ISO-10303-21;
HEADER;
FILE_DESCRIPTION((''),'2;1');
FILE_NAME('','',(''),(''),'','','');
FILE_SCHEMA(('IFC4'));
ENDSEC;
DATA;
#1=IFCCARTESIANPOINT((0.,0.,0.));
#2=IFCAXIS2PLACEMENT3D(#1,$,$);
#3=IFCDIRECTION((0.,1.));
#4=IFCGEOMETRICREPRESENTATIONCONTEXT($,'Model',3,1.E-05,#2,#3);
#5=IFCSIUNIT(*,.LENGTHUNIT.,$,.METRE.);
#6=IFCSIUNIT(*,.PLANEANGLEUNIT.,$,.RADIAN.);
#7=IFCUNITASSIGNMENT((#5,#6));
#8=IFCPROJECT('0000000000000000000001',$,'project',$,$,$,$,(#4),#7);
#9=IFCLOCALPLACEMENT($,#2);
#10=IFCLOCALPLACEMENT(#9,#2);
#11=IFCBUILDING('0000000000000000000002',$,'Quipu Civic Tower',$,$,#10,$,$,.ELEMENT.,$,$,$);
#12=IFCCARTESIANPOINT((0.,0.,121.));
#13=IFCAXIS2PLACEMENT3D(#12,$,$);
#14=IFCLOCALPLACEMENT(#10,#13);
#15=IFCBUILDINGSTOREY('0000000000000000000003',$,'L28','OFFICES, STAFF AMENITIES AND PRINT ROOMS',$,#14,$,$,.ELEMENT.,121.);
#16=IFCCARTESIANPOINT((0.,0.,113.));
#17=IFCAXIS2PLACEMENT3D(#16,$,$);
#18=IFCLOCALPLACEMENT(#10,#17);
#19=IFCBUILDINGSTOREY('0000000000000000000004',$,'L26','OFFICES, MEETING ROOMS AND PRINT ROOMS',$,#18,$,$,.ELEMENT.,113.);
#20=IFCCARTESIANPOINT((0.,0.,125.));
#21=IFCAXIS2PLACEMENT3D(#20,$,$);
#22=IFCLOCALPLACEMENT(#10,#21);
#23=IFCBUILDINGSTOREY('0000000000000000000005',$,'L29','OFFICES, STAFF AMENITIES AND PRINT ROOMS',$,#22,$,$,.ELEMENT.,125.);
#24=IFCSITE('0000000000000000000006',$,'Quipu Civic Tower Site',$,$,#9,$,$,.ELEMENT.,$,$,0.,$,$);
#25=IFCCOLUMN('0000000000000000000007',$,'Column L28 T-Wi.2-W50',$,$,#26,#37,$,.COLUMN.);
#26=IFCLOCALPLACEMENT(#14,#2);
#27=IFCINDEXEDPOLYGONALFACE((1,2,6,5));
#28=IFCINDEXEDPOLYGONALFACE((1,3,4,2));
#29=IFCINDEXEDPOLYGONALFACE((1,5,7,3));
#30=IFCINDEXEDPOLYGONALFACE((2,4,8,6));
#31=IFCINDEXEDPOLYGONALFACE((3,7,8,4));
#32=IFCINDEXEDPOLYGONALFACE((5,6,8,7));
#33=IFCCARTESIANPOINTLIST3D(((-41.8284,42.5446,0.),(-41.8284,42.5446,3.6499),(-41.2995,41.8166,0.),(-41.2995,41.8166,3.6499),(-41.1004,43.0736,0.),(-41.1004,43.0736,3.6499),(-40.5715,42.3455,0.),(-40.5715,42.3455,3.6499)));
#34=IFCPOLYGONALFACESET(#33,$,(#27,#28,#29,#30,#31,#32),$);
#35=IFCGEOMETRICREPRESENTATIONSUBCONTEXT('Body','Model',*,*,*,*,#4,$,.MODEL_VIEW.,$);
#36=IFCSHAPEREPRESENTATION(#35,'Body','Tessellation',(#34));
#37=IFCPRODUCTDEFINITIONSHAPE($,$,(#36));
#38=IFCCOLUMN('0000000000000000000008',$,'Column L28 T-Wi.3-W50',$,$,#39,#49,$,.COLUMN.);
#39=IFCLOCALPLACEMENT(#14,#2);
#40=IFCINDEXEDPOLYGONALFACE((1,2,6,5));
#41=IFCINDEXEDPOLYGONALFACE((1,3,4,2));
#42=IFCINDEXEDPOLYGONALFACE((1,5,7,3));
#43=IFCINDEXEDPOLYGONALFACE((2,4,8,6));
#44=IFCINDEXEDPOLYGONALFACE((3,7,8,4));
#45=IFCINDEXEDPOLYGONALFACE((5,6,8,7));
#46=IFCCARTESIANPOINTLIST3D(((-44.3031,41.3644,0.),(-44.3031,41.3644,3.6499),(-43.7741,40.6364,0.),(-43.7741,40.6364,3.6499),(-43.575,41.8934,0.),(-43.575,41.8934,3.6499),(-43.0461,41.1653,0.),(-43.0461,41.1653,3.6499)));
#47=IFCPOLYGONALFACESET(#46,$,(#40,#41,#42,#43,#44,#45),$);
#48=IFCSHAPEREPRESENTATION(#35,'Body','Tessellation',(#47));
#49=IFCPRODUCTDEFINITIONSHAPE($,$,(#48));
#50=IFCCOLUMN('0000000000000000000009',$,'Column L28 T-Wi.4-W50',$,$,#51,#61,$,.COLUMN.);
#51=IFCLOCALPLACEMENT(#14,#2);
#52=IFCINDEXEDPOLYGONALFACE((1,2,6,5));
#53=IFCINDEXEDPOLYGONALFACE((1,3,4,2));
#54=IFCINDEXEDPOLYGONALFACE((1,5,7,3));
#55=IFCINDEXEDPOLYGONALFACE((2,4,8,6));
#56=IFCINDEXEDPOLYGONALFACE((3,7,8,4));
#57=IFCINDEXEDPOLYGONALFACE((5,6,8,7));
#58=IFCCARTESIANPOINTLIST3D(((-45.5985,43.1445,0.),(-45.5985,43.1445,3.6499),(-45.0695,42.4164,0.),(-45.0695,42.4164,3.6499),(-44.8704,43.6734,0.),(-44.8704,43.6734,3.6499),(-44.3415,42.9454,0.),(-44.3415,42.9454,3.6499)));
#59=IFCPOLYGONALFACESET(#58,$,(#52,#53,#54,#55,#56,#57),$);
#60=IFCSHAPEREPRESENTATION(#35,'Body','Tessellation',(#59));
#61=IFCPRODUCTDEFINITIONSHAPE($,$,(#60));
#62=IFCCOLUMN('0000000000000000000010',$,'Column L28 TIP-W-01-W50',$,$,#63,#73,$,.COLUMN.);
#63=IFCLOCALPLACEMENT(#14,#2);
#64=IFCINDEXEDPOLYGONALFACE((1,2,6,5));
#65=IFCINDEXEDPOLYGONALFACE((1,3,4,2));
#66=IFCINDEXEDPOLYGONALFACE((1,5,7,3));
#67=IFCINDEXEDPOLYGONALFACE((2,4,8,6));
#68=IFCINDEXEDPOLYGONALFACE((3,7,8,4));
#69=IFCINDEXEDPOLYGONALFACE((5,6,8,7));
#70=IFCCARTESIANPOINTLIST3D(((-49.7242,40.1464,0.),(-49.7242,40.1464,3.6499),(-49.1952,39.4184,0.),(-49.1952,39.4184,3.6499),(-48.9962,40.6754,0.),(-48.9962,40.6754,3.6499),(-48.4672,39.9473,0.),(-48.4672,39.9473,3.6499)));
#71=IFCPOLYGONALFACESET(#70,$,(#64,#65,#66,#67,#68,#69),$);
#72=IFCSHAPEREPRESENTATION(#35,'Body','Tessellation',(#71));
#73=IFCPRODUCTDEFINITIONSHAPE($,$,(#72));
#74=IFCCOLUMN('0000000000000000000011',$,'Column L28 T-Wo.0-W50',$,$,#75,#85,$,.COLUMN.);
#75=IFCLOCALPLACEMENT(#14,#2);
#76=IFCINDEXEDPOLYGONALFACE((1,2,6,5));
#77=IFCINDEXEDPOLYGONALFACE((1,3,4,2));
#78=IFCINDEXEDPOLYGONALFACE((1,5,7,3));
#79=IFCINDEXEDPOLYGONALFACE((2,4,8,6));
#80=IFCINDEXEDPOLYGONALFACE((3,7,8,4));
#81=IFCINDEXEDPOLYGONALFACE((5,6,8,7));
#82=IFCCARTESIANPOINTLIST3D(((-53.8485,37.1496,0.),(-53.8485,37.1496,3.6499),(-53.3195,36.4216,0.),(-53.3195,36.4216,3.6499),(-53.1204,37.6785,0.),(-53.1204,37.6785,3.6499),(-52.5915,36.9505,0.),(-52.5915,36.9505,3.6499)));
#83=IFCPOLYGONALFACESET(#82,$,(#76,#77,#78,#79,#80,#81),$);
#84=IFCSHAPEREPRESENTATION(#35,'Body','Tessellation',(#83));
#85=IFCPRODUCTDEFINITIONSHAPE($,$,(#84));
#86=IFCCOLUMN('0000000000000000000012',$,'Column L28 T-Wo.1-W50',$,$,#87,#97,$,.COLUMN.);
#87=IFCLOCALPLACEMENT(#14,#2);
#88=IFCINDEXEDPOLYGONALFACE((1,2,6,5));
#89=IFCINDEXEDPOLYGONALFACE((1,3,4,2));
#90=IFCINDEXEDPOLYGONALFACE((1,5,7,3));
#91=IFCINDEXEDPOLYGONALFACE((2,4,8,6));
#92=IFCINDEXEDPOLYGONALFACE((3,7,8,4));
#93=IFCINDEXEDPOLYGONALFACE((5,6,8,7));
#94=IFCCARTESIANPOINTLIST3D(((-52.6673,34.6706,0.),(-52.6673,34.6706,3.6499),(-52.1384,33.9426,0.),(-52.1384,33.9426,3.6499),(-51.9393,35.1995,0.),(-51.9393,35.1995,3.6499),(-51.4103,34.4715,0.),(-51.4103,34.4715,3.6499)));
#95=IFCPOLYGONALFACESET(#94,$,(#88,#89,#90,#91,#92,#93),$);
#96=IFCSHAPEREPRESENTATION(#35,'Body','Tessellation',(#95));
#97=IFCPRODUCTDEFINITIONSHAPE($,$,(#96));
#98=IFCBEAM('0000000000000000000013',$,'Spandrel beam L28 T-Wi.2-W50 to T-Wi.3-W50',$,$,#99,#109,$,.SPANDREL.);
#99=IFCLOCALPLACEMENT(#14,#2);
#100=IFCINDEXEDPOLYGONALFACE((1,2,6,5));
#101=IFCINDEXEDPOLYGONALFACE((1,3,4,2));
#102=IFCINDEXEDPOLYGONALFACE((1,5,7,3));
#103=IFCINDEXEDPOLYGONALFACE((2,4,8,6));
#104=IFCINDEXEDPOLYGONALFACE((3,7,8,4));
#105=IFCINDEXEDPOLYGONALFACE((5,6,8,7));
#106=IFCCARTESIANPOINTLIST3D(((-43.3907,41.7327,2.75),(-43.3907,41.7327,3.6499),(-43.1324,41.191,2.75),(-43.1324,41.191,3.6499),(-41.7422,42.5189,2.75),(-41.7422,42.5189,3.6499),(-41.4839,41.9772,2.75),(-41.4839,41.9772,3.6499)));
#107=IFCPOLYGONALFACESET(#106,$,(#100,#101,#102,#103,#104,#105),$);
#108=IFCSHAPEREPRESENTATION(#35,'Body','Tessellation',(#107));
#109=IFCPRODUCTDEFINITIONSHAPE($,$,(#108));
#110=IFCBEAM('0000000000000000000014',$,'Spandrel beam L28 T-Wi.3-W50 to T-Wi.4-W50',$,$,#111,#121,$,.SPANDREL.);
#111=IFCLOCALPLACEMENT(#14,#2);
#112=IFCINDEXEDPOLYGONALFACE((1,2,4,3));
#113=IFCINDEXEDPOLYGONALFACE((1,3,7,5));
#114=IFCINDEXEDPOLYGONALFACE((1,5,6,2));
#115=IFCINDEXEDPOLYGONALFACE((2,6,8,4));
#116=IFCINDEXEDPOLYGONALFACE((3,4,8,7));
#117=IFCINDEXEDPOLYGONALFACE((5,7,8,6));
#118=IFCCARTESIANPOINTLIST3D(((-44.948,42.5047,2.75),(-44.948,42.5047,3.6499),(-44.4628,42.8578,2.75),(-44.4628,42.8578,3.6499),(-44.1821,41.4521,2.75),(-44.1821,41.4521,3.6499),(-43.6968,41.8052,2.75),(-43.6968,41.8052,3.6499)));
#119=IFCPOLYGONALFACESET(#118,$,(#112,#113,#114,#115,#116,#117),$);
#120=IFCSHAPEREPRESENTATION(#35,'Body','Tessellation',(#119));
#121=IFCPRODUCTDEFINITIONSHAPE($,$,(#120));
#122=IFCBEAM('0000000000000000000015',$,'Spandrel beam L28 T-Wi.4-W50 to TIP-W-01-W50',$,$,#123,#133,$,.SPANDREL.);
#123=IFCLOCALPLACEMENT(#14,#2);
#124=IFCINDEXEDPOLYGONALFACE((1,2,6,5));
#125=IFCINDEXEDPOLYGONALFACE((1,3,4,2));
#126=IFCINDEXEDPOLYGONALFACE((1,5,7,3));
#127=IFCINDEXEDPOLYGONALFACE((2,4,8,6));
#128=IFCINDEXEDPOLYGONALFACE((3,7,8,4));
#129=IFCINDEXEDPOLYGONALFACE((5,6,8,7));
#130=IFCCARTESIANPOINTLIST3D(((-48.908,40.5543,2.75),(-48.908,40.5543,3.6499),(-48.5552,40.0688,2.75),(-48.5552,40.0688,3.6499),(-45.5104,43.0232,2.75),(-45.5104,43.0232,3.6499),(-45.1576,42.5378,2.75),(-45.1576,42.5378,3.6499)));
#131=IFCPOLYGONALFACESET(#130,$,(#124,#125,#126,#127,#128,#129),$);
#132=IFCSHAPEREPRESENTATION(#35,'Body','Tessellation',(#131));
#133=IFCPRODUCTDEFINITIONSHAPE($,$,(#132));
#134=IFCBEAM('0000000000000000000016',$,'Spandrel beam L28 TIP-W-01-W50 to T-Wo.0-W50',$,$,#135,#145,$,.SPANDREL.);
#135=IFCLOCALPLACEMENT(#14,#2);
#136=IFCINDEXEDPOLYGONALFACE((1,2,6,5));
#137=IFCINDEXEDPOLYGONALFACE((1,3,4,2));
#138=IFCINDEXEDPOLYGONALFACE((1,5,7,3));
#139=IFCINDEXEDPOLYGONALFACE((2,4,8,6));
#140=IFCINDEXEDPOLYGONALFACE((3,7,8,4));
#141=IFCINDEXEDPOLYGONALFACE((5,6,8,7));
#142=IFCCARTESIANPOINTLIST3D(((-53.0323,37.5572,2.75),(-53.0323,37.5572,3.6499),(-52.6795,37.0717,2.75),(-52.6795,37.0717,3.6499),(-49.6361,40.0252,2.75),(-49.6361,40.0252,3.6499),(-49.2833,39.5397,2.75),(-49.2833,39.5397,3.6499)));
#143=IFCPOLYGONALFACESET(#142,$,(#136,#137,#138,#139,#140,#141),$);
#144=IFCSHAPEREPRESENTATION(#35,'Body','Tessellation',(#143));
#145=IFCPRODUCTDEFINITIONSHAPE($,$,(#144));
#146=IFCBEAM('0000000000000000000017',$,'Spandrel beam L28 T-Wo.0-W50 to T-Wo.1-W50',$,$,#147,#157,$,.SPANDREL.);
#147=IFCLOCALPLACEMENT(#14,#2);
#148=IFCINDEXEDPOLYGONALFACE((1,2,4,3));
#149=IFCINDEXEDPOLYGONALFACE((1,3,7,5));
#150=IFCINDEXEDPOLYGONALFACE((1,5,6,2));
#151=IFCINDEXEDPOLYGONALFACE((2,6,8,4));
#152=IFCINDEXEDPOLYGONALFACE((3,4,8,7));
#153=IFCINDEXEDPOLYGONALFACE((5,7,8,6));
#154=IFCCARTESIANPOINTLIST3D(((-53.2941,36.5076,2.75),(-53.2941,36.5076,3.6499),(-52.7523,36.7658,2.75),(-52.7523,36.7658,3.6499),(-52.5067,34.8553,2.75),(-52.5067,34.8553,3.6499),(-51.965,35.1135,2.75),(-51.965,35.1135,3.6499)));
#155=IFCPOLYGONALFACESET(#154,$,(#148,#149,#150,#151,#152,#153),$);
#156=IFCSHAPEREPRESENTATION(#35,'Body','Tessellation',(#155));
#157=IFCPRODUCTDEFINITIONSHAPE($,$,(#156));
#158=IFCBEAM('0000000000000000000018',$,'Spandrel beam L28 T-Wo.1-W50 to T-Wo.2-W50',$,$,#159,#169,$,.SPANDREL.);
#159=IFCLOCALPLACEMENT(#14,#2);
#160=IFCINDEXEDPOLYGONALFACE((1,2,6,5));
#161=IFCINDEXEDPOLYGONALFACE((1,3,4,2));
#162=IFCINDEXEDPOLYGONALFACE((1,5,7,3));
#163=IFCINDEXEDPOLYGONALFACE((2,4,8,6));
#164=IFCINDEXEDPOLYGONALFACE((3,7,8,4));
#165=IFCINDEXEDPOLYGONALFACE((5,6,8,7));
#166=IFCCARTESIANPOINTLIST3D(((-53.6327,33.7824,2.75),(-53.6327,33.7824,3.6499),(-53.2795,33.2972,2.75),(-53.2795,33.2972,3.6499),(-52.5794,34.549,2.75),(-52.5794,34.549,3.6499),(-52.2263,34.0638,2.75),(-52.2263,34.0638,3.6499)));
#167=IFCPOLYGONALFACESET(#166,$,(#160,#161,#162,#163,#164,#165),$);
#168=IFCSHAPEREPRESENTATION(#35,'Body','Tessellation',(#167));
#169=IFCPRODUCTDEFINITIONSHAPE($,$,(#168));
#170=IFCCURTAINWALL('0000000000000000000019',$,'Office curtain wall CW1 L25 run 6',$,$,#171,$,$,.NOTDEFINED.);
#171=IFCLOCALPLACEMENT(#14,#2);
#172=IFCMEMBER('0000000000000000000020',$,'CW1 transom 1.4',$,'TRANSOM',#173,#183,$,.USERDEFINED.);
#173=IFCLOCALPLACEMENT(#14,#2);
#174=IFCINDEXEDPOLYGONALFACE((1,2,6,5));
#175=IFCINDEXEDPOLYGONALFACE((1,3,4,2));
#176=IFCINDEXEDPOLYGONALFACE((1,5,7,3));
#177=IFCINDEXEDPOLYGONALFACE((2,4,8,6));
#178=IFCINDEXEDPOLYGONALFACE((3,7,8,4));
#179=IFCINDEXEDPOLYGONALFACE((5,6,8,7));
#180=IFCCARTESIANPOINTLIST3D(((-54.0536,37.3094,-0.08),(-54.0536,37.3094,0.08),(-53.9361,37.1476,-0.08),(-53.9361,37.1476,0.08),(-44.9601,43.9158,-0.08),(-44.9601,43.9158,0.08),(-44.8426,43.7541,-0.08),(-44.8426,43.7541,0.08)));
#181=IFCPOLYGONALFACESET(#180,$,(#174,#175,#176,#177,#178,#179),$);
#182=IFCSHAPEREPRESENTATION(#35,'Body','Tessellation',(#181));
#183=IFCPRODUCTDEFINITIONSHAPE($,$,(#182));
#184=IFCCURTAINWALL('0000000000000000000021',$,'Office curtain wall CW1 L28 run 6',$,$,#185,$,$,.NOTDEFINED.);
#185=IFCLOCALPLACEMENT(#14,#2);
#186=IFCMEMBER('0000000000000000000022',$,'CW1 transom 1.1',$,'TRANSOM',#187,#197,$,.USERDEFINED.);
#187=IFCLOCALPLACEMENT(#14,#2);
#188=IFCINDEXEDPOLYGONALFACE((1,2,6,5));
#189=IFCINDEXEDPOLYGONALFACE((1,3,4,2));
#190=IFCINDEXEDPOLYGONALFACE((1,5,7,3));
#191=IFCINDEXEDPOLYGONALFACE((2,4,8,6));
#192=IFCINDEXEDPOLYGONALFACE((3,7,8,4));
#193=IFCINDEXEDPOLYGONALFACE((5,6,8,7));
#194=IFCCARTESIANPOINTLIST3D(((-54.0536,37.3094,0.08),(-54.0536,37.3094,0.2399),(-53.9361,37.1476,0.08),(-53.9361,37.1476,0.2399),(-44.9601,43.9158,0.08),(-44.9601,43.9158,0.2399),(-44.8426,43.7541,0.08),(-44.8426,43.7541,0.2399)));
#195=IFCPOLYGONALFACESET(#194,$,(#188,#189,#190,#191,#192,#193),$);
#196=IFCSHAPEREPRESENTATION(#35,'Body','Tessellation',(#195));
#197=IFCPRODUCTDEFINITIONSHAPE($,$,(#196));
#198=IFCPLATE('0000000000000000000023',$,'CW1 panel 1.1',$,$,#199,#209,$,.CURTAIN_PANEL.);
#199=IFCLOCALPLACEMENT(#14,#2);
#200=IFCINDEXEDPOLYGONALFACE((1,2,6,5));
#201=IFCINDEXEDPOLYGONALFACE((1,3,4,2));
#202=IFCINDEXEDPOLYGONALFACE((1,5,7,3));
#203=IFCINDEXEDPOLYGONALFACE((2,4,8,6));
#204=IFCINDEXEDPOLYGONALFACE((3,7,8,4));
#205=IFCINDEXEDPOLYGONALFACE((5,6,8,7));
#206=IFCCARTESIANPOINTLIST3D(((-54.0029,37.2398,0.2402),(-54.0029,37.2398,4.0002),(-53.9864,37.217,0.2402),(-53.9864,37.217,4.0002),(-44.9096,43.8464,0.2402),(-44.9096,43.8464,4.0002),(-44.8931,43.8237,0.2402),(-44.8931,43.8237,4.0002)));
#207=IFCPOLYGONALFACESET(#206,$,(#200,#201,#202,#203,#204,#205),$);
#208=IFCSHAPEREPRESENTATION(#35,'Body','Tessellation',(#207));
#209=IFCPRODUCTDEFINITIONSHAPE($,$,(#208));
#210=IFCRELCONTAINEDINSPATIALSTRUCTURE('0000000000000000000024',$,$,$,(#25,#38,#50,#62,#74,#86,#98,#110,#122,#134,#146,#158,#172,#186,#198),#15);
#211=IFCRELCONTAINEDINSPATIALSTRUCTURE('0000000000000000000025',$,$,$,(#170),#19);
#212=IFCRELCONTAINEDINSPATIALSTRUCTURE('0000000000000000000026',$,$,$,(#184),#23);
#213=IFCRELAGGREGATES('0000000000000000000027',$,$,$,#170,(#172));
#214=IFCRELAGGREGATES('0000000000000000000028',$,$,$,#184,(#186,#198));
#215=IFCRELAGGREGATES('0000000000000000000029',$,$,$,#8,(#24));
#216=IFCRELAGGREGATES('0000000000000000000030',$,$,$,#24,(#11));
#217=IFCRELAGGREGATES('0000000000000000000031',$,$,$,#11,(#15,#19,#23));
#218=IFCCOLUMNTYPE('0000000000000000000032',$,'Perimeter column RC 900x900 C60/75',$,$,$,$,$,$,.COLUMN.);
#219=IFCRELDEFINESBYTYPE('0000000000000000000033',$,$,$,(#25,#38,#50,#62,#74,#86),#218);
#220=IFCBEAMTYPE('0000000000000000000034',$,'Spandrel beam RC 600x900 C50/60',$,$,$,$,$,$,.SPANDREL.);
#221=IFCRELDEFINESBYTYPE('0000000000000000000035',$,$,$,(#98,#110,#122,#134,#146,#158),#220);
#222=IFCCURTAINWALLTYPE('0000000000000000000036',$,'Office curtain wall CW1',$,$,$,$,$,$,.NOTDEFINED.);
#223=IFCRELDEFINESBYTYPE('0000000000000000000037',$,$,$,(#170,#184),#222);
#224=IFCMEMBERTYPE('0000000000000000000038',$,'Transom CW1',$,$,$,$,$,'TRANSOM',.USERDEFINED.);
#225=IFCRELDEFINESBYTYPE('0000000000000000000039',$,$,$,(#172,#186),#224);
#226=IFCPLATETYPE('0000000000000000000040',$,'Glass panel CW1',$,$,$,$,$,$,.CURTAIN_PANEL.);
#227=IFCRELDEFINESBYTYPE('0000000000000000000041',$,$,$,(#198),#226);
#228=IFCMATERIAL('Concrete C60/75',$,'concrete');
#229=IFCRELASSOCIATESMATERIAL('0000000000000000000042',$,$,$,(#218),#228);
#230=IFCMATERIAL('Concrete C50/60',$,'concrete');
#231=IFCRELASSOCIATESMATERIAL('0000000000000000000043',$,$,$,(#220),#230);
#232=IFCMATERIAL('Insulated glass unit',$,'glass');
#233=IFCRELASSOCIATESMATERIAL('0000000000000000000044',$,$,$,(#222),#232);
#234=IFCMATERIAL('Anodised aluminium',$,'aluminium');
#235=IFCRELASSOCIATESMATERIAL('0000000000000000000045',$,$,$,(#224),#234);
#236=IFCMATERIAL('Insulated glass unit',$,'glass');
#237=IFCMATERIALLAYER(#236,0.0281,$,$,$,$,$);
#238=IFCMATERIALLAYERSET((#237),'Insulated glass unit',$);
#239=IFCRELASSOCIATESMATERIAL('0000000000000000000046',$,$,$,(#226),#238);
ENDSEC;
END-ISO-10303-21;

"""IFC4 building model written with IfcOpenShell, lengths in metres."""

from ifc_helpers import new_model, si_unit, direction, frame, origin, origin_2d, place, context, subcontext, project, spatial, rectangle, extrude, material, layer, layer_set, material_profile, profile_set, type_object, element, aggregate, save


model = new_model("IFC4")

# Units and contexts
model_context = context("Model", 3, precision=1e-05, world=origin(), true_north=direction((0.0, 1.0)))
body_context = subcontext(model_context, "Body", "Model", "MODEL_VIEW")
ifc_project = project(units=[si_unit("LENGTHUNIT", "METRE"), si_unit("PLANEANGLEUNIT", "RADIAN")], contexts=[model_context])

# Site, building, storey
site_placement = place(None, origin())
site = spatial("IfcSite", under=ifc_project, at=site_placement, Name="Quipu Civic Tower Site", CompositionType="ELEMENT", RefElevation=0.0)
building_placement = place(site_placement, origin())
building = spatial("IfcBuilding", under=site, at=building_placement, Name="Quipu Civic Tower", CompositionType="ELEMENT")
storey_1_placement = place(building_placement, frame((0.0, 0.0, 121.0)))
storey_1 = spatial("IfcBuildingStorey", under=building, at=storey_1_placement, Name="L28", Description="OFFICES, STAFF AMENITIES AND PRINT ROOMS", CompositionType="ELEMENT", Elevation=121.0)

# Columns
ifc_material_1 = material(Name="Concrete C60/75", Category="concrete")
ifc_material_profile_1 = material_profile(ifc_material_1, rectangle(XDim=0.8999, YDim=0.8999, at=origin_2d()), Name="RC900x900")
ifc_profile_set_1 = profile_set([ifc_material_profile_1], Name="Concrete C60/75")
column_type = type_object("IfcColumnType", Name="Perimeter column RC 900x900 C60/75", PredefinedType="COLUMN", material=ifc_profile_set_1)
for number, where, z_axis, x_axis, name in (
    (1, (-41.2, 42.4451, 0.0), (0.0, 0.0, 1.0), (-0.587785, 0.809017, 0.0), "Column L28 T-Wi.2-W50"),
    (2, (-43.6746, 41.2649, 0.0), (0.0, 0.0, 1.0), (-0.809017, -0.587785, 0.0), "Column L28 T-Wi.3-W50"),
    (3, (-44.97, 43.0449, 0.0), (0.0, 0.0, 1.0), (-0.809017, -0.587785, 0.0), "Column L28 T-Wi.4-W50"),
    (4, (-49.0957, 40.0469, 0.0), (0.0, 0.0, 1.0), (-0.809017, -0.587785, 0.0), "Column L28 TIP-W-01-W50"),
    (5, (-53.22, 37.05, 0.0), (0.0, 0.0, 1.0), (0.587785, -0.809017, 0.0), "Column L28 T-Wo.0-W50"),
    (6, (-52.0388, 34.571, 0.0), (0.0, 0.0, 1.0), (-0.809017, -0.587785, 0.0), "Column L28 T-Wo.1-W50"),
):
    element("IfcColumn", number, at=place(storey_1_placement, frame(where, z_axis=z_axis, x_axis=x_axis)), inside=storey_1, type_object=column_type, Name=name, PredefinedType="COLUMN", context=body_context, shape_type="SweptSolid", body=[
        extrude(rectangle(XDim=0.8999, YDim=0.8999, at=origin_2d()), origin(), (0.0, 0.0, 1.0), 3.6499),
    ])

# Beams
ifc_material_2 = material(Name="Concrete C50/60", Category="concrete")
ifc_material_profile_2 = material_profile(ifc_material_2, rectangle(XDim=0.6001, YDim=0.8999, at=origin_2d()), Name="RC600x900")
ifc_profile_set_2 = profile_set([ifc_material_profile_2], Name="Concrete C50/60")
beam_type = type_object("IfcBeamType", Name="Spandrel beam RC 600x900 C50/60", PredefinedType="SPANDREL", material=ifc_profile_set_2)
beam_1_placement = place(storey_1_placement, frame((-41.613, 42.248, 3.2), z_axis=(-0.902613, -0.430452, 0.0), x_axis=(0.430452, -0.902613, 0.0)))
element("IfcBeam", 7, at=beam_1_placement, inside=storey_1, type_object=beam_type, Name="Spandrel beam L28 T-Wi.2-W50 to T-Wi.3-W50", PredefinedType="SPANDREL", context=body_context, shape_type="SweptSolid", body=[
    extrude(rectangle(XDim=0.6001, YDim=0.8999, at=origin_2d()), origin(), (0.0, 0.0, 1.0), 1.8264),
])
beam_2_placement = place(storey_1_placement, frame((-43.9395, 41.6287, 3.2), z_axis=(-0.588384, 0.808582, 0.0), x_axis=(-0.808582, -0.588384, 0.0)))
element("IfcBeam", 8, at=beam_2_placement, inside=storey_1, type_object=beam_type, Name="Spandrel beam L28 T-Wi.3-W50 to T-Wi.4-W50", PredefinedType="SPANDREL", context=body_context, shape_type="SweptSolid", body=[
    extrude(rectangle(XDim=0.6001, YDim=0.8999, at=origin_2d()), origin(), (0.0, 0.0, 1.0), 1.3018),
])
beam_3_placement = place(storey_1_placement, frame((-45.334, 42.7805, 3.2), z_axis=(-0.80897, -0.58785, 0.0), x_axis=(0.58785, -0.80897, 0.0)))
element("IfcBeam", 9, at=beam_3_placement, inside=storey_1, type_object=beam_type, Name="Spandrel beam L28 T-Wi.4-W50 to TIP-W-01-W50", PredefinedType="SPANDREL", context=body_context, shape_type="SweptSolid", body=[
    extrude(rectangle(XDim=0.6001, YDim=0.8999, at=origin_2d()), origin(), (0.0, 0.0, 1.0), 4.2),
])
beam_4_placement = place(storey_1_placement, frame((-49.4597, 39.7825, 3.2), z_axis=(-0.80896, -0.587864, 0.0), x_axis=(0.587864, -0.80896, 0.0)))
element("IfcBeam", 10, at=beam_4_placement, inside=storey_1, type_object=beam_type, Name="Spandrel beam L28 TIP-W-01-W50 to T-Wo.0-W50", PredefinedType="SPANDREL", context=body_context, shape_type="SweptSolid", body=[
    extrude(rectangle(XDim=0.6001, YDim=0.8999, at=origin_2d()), origin(), (0.0, 0.0, 1.0), 4.1982),
])
beam_5_placement = place(storey_1_placement, frame((-53.0232, 36.6367, 3.2), z_axis=(0.430167, -0.90275, 0.0), x_axis=(0.90275, 0.430167, 0.0)))
element("IfcBeam", 11, at=beam_5_placement, inside=storey_1, type_object=beam_type, Name="Spandrel beam L28 T-Wo.0-W50 to T-Wo.1-W50", PredefinedType="SPANDREL", context=body_context, shape_type="SweptSolid", body=[
    extrude(rectangle(XDim=0.6001, YDim=0.8999, at=origin_2d()), origin(), (0.0, 0.0, 1.0), 1.8303),
])
beam_6_placement = place(storey_1_placement, frame((-52.4028, 34.3064, 3.2), z_axis=(-0.808509, -0.588484, 0.0), x_axis=(0.588484, -0.808509, 0.0)))
element("IfcBeam", 12, at=beam_6_placement, inside=storey_1, type_object=beam_type, Name="Spandrel beam L28 T-Wo.1-W50 to T-Wo.2-W50", PredefinedType="SPANDREL", context=body_context, shape_type="SweptSolid", body=[
    extrude(rectangle(XDim=0.6001, YDim=0.8999, at=origin_2d()), origin(), (0.0, 0.0, 1.0), 1.3027),
])

# Shared definitions
storey_2_placement = place(building_placement, frame((0.0, 0.0, 113.0)))
storey_2 = spatial("IfcBuildingStorey", under=building, at=storey_2_placement, Name="L26", Description="OFFICES, MEETING ROOMS AND PRINT ROOMS", CompositionType="ELEMENT", Elevation=113.0)

# Curtain wall, member
ifc_material_3 = material(Name="Insulated glass unit", Category="glass")
curtain_wall_type = type_object("IfcCurtainWallType", Name="Office curtain wall CW1", PredefinedType="NOTDEFINED", material=ifc_material_3)
curtain_wall_1_placement = place(storey_2_placement, origin())
curtain_wall_1 = element("IfcCurtainWall", 13, at=curtain_wall_1_placement, inside=storey_2, type_object=curtain_wall_type, Name="Office curtain wall CW1 L25 run 6", PredefinedType="NOTDEFINED")
ifc_material_4 = material(Name="Anodised aluminium", Category="aluminium")
ifc_material_profile_3 = material_profile(ifc_material_4, rectangle(XDim=0.2, YDim=0.1599, at=origin_2d()), Name="RECT 200x160")
ifc_profile_set_3 = profile_set([ifc_material_profile_3], Name="Anodised aluminium")
member_type = type_object("IfcMemberType", Name="Transom CW1", ElementType="TRANSOM", PredefinedType="USERDEFINED", material=ifc_profile_set_3)
member_1_placement = place(storey_1_placement, frame((-44.9014, 43.835, 0.0), z_axis=(-0.809033, -0.587764, 0.0), x_axis=(0.587764, -0.809033, 0.0)))
member_1 = element("IfcMember", 14, at=member_1_placement, inside=storey_1, type_object=member_type, Name="CW1 transom 1.4", ObjectType="TRANSOM", PredefinedType="USERDEFINED", context=body_context, shape_type="SweptSolid", body=[
    extrude(rectangle(XDim=0.2, YDim=0.1599, at=origin_2d()), origin(), (0.0, 0.0, 1.0), 11.24),
])
aggregate(curtain_wall_1, [member_1])

# Shared definitions
storey_3_placement = place(building_placement, frame((0.0, 0.0, 125.0)))
storey_3 = spatial("IfcBuildingStorey", under=building, at=storey_3_placement, Name="L29", Description="OFFICES, STAFF AMENITIES AND PRINT ROOMS", CompositionType="ELEMENT", Elevation=125.0)

# Curtain wall, member, plate
curtain_wall_2_placement = place(storey_3_placement, origin())
curtain_wall_2 = element("IfcCurtainWall", 15, at=curtain_wall_2_placement, inside=storey_3, type_object=curtain_wall_type, Name="Office curtain wall CW1 L28 run 6", PredefinedType="NOTDEFINED")
member_2_placement = place(storey_1_placement, frame((-44.9014, 43.835, 0.1599), z_axis=(-0.809033, -0.587764, 0.0), x_axis=(0.587764, -0.809033, 0.0)))
member_2 = element("IfcMember", 16, at=member_2_placement, inside=storey_1, type_object=member_type, Name="CW1 transom 1.1", ObjectType="TRANSOM", PredefinedType="USERDEFINED", context=body_context, shape_type="SweptSolid", body=[
    extrude(rectangle(XDim=0.2, YDim=0.1599, at=origin_2d()), origin(), (0.0, 0.0, 1.0), 11.24),
])
ifc_material_5 = material(Name="Insulated glass unit", Category="glass")
ifc_layer_1 = layer(ifc_material_5, 0.0281)
ifc_layer_set_1 = layer_set([ifc_layer_1], Name="Insulated glass unit")
plate_type_1 = type_object("IfcPlateType", Name="Glass panel CW1", PredefinedType="CURTAIN_PANEL", material=ifc_layer_set_1)
plate_placement = place(storey_1_placement, frame((-49.448, 40.5317, 0.2402), z_axis=(0.0, 0.0, 1.0), x_axis=(-0.809019, -0.587782, 0.0)))
plate = element("IfcPlate", 17, at=plate_placement, inside=storey_1, type_object=plate_type_1, Name="CW1 panel 1.1", PredefinedType="CURTAIN_PANEL", context=body_context, shape_type="SweptSolid", body=[
    extrude(rectangle(XDim=11.24, YDim=0.0281, at=origin_2d()), origin(), (0.0, 0.0, 1.0), 3.76),
])
aggregate(curtain_wall_2, [member_2, plate])

save(model, "model.ifc")
